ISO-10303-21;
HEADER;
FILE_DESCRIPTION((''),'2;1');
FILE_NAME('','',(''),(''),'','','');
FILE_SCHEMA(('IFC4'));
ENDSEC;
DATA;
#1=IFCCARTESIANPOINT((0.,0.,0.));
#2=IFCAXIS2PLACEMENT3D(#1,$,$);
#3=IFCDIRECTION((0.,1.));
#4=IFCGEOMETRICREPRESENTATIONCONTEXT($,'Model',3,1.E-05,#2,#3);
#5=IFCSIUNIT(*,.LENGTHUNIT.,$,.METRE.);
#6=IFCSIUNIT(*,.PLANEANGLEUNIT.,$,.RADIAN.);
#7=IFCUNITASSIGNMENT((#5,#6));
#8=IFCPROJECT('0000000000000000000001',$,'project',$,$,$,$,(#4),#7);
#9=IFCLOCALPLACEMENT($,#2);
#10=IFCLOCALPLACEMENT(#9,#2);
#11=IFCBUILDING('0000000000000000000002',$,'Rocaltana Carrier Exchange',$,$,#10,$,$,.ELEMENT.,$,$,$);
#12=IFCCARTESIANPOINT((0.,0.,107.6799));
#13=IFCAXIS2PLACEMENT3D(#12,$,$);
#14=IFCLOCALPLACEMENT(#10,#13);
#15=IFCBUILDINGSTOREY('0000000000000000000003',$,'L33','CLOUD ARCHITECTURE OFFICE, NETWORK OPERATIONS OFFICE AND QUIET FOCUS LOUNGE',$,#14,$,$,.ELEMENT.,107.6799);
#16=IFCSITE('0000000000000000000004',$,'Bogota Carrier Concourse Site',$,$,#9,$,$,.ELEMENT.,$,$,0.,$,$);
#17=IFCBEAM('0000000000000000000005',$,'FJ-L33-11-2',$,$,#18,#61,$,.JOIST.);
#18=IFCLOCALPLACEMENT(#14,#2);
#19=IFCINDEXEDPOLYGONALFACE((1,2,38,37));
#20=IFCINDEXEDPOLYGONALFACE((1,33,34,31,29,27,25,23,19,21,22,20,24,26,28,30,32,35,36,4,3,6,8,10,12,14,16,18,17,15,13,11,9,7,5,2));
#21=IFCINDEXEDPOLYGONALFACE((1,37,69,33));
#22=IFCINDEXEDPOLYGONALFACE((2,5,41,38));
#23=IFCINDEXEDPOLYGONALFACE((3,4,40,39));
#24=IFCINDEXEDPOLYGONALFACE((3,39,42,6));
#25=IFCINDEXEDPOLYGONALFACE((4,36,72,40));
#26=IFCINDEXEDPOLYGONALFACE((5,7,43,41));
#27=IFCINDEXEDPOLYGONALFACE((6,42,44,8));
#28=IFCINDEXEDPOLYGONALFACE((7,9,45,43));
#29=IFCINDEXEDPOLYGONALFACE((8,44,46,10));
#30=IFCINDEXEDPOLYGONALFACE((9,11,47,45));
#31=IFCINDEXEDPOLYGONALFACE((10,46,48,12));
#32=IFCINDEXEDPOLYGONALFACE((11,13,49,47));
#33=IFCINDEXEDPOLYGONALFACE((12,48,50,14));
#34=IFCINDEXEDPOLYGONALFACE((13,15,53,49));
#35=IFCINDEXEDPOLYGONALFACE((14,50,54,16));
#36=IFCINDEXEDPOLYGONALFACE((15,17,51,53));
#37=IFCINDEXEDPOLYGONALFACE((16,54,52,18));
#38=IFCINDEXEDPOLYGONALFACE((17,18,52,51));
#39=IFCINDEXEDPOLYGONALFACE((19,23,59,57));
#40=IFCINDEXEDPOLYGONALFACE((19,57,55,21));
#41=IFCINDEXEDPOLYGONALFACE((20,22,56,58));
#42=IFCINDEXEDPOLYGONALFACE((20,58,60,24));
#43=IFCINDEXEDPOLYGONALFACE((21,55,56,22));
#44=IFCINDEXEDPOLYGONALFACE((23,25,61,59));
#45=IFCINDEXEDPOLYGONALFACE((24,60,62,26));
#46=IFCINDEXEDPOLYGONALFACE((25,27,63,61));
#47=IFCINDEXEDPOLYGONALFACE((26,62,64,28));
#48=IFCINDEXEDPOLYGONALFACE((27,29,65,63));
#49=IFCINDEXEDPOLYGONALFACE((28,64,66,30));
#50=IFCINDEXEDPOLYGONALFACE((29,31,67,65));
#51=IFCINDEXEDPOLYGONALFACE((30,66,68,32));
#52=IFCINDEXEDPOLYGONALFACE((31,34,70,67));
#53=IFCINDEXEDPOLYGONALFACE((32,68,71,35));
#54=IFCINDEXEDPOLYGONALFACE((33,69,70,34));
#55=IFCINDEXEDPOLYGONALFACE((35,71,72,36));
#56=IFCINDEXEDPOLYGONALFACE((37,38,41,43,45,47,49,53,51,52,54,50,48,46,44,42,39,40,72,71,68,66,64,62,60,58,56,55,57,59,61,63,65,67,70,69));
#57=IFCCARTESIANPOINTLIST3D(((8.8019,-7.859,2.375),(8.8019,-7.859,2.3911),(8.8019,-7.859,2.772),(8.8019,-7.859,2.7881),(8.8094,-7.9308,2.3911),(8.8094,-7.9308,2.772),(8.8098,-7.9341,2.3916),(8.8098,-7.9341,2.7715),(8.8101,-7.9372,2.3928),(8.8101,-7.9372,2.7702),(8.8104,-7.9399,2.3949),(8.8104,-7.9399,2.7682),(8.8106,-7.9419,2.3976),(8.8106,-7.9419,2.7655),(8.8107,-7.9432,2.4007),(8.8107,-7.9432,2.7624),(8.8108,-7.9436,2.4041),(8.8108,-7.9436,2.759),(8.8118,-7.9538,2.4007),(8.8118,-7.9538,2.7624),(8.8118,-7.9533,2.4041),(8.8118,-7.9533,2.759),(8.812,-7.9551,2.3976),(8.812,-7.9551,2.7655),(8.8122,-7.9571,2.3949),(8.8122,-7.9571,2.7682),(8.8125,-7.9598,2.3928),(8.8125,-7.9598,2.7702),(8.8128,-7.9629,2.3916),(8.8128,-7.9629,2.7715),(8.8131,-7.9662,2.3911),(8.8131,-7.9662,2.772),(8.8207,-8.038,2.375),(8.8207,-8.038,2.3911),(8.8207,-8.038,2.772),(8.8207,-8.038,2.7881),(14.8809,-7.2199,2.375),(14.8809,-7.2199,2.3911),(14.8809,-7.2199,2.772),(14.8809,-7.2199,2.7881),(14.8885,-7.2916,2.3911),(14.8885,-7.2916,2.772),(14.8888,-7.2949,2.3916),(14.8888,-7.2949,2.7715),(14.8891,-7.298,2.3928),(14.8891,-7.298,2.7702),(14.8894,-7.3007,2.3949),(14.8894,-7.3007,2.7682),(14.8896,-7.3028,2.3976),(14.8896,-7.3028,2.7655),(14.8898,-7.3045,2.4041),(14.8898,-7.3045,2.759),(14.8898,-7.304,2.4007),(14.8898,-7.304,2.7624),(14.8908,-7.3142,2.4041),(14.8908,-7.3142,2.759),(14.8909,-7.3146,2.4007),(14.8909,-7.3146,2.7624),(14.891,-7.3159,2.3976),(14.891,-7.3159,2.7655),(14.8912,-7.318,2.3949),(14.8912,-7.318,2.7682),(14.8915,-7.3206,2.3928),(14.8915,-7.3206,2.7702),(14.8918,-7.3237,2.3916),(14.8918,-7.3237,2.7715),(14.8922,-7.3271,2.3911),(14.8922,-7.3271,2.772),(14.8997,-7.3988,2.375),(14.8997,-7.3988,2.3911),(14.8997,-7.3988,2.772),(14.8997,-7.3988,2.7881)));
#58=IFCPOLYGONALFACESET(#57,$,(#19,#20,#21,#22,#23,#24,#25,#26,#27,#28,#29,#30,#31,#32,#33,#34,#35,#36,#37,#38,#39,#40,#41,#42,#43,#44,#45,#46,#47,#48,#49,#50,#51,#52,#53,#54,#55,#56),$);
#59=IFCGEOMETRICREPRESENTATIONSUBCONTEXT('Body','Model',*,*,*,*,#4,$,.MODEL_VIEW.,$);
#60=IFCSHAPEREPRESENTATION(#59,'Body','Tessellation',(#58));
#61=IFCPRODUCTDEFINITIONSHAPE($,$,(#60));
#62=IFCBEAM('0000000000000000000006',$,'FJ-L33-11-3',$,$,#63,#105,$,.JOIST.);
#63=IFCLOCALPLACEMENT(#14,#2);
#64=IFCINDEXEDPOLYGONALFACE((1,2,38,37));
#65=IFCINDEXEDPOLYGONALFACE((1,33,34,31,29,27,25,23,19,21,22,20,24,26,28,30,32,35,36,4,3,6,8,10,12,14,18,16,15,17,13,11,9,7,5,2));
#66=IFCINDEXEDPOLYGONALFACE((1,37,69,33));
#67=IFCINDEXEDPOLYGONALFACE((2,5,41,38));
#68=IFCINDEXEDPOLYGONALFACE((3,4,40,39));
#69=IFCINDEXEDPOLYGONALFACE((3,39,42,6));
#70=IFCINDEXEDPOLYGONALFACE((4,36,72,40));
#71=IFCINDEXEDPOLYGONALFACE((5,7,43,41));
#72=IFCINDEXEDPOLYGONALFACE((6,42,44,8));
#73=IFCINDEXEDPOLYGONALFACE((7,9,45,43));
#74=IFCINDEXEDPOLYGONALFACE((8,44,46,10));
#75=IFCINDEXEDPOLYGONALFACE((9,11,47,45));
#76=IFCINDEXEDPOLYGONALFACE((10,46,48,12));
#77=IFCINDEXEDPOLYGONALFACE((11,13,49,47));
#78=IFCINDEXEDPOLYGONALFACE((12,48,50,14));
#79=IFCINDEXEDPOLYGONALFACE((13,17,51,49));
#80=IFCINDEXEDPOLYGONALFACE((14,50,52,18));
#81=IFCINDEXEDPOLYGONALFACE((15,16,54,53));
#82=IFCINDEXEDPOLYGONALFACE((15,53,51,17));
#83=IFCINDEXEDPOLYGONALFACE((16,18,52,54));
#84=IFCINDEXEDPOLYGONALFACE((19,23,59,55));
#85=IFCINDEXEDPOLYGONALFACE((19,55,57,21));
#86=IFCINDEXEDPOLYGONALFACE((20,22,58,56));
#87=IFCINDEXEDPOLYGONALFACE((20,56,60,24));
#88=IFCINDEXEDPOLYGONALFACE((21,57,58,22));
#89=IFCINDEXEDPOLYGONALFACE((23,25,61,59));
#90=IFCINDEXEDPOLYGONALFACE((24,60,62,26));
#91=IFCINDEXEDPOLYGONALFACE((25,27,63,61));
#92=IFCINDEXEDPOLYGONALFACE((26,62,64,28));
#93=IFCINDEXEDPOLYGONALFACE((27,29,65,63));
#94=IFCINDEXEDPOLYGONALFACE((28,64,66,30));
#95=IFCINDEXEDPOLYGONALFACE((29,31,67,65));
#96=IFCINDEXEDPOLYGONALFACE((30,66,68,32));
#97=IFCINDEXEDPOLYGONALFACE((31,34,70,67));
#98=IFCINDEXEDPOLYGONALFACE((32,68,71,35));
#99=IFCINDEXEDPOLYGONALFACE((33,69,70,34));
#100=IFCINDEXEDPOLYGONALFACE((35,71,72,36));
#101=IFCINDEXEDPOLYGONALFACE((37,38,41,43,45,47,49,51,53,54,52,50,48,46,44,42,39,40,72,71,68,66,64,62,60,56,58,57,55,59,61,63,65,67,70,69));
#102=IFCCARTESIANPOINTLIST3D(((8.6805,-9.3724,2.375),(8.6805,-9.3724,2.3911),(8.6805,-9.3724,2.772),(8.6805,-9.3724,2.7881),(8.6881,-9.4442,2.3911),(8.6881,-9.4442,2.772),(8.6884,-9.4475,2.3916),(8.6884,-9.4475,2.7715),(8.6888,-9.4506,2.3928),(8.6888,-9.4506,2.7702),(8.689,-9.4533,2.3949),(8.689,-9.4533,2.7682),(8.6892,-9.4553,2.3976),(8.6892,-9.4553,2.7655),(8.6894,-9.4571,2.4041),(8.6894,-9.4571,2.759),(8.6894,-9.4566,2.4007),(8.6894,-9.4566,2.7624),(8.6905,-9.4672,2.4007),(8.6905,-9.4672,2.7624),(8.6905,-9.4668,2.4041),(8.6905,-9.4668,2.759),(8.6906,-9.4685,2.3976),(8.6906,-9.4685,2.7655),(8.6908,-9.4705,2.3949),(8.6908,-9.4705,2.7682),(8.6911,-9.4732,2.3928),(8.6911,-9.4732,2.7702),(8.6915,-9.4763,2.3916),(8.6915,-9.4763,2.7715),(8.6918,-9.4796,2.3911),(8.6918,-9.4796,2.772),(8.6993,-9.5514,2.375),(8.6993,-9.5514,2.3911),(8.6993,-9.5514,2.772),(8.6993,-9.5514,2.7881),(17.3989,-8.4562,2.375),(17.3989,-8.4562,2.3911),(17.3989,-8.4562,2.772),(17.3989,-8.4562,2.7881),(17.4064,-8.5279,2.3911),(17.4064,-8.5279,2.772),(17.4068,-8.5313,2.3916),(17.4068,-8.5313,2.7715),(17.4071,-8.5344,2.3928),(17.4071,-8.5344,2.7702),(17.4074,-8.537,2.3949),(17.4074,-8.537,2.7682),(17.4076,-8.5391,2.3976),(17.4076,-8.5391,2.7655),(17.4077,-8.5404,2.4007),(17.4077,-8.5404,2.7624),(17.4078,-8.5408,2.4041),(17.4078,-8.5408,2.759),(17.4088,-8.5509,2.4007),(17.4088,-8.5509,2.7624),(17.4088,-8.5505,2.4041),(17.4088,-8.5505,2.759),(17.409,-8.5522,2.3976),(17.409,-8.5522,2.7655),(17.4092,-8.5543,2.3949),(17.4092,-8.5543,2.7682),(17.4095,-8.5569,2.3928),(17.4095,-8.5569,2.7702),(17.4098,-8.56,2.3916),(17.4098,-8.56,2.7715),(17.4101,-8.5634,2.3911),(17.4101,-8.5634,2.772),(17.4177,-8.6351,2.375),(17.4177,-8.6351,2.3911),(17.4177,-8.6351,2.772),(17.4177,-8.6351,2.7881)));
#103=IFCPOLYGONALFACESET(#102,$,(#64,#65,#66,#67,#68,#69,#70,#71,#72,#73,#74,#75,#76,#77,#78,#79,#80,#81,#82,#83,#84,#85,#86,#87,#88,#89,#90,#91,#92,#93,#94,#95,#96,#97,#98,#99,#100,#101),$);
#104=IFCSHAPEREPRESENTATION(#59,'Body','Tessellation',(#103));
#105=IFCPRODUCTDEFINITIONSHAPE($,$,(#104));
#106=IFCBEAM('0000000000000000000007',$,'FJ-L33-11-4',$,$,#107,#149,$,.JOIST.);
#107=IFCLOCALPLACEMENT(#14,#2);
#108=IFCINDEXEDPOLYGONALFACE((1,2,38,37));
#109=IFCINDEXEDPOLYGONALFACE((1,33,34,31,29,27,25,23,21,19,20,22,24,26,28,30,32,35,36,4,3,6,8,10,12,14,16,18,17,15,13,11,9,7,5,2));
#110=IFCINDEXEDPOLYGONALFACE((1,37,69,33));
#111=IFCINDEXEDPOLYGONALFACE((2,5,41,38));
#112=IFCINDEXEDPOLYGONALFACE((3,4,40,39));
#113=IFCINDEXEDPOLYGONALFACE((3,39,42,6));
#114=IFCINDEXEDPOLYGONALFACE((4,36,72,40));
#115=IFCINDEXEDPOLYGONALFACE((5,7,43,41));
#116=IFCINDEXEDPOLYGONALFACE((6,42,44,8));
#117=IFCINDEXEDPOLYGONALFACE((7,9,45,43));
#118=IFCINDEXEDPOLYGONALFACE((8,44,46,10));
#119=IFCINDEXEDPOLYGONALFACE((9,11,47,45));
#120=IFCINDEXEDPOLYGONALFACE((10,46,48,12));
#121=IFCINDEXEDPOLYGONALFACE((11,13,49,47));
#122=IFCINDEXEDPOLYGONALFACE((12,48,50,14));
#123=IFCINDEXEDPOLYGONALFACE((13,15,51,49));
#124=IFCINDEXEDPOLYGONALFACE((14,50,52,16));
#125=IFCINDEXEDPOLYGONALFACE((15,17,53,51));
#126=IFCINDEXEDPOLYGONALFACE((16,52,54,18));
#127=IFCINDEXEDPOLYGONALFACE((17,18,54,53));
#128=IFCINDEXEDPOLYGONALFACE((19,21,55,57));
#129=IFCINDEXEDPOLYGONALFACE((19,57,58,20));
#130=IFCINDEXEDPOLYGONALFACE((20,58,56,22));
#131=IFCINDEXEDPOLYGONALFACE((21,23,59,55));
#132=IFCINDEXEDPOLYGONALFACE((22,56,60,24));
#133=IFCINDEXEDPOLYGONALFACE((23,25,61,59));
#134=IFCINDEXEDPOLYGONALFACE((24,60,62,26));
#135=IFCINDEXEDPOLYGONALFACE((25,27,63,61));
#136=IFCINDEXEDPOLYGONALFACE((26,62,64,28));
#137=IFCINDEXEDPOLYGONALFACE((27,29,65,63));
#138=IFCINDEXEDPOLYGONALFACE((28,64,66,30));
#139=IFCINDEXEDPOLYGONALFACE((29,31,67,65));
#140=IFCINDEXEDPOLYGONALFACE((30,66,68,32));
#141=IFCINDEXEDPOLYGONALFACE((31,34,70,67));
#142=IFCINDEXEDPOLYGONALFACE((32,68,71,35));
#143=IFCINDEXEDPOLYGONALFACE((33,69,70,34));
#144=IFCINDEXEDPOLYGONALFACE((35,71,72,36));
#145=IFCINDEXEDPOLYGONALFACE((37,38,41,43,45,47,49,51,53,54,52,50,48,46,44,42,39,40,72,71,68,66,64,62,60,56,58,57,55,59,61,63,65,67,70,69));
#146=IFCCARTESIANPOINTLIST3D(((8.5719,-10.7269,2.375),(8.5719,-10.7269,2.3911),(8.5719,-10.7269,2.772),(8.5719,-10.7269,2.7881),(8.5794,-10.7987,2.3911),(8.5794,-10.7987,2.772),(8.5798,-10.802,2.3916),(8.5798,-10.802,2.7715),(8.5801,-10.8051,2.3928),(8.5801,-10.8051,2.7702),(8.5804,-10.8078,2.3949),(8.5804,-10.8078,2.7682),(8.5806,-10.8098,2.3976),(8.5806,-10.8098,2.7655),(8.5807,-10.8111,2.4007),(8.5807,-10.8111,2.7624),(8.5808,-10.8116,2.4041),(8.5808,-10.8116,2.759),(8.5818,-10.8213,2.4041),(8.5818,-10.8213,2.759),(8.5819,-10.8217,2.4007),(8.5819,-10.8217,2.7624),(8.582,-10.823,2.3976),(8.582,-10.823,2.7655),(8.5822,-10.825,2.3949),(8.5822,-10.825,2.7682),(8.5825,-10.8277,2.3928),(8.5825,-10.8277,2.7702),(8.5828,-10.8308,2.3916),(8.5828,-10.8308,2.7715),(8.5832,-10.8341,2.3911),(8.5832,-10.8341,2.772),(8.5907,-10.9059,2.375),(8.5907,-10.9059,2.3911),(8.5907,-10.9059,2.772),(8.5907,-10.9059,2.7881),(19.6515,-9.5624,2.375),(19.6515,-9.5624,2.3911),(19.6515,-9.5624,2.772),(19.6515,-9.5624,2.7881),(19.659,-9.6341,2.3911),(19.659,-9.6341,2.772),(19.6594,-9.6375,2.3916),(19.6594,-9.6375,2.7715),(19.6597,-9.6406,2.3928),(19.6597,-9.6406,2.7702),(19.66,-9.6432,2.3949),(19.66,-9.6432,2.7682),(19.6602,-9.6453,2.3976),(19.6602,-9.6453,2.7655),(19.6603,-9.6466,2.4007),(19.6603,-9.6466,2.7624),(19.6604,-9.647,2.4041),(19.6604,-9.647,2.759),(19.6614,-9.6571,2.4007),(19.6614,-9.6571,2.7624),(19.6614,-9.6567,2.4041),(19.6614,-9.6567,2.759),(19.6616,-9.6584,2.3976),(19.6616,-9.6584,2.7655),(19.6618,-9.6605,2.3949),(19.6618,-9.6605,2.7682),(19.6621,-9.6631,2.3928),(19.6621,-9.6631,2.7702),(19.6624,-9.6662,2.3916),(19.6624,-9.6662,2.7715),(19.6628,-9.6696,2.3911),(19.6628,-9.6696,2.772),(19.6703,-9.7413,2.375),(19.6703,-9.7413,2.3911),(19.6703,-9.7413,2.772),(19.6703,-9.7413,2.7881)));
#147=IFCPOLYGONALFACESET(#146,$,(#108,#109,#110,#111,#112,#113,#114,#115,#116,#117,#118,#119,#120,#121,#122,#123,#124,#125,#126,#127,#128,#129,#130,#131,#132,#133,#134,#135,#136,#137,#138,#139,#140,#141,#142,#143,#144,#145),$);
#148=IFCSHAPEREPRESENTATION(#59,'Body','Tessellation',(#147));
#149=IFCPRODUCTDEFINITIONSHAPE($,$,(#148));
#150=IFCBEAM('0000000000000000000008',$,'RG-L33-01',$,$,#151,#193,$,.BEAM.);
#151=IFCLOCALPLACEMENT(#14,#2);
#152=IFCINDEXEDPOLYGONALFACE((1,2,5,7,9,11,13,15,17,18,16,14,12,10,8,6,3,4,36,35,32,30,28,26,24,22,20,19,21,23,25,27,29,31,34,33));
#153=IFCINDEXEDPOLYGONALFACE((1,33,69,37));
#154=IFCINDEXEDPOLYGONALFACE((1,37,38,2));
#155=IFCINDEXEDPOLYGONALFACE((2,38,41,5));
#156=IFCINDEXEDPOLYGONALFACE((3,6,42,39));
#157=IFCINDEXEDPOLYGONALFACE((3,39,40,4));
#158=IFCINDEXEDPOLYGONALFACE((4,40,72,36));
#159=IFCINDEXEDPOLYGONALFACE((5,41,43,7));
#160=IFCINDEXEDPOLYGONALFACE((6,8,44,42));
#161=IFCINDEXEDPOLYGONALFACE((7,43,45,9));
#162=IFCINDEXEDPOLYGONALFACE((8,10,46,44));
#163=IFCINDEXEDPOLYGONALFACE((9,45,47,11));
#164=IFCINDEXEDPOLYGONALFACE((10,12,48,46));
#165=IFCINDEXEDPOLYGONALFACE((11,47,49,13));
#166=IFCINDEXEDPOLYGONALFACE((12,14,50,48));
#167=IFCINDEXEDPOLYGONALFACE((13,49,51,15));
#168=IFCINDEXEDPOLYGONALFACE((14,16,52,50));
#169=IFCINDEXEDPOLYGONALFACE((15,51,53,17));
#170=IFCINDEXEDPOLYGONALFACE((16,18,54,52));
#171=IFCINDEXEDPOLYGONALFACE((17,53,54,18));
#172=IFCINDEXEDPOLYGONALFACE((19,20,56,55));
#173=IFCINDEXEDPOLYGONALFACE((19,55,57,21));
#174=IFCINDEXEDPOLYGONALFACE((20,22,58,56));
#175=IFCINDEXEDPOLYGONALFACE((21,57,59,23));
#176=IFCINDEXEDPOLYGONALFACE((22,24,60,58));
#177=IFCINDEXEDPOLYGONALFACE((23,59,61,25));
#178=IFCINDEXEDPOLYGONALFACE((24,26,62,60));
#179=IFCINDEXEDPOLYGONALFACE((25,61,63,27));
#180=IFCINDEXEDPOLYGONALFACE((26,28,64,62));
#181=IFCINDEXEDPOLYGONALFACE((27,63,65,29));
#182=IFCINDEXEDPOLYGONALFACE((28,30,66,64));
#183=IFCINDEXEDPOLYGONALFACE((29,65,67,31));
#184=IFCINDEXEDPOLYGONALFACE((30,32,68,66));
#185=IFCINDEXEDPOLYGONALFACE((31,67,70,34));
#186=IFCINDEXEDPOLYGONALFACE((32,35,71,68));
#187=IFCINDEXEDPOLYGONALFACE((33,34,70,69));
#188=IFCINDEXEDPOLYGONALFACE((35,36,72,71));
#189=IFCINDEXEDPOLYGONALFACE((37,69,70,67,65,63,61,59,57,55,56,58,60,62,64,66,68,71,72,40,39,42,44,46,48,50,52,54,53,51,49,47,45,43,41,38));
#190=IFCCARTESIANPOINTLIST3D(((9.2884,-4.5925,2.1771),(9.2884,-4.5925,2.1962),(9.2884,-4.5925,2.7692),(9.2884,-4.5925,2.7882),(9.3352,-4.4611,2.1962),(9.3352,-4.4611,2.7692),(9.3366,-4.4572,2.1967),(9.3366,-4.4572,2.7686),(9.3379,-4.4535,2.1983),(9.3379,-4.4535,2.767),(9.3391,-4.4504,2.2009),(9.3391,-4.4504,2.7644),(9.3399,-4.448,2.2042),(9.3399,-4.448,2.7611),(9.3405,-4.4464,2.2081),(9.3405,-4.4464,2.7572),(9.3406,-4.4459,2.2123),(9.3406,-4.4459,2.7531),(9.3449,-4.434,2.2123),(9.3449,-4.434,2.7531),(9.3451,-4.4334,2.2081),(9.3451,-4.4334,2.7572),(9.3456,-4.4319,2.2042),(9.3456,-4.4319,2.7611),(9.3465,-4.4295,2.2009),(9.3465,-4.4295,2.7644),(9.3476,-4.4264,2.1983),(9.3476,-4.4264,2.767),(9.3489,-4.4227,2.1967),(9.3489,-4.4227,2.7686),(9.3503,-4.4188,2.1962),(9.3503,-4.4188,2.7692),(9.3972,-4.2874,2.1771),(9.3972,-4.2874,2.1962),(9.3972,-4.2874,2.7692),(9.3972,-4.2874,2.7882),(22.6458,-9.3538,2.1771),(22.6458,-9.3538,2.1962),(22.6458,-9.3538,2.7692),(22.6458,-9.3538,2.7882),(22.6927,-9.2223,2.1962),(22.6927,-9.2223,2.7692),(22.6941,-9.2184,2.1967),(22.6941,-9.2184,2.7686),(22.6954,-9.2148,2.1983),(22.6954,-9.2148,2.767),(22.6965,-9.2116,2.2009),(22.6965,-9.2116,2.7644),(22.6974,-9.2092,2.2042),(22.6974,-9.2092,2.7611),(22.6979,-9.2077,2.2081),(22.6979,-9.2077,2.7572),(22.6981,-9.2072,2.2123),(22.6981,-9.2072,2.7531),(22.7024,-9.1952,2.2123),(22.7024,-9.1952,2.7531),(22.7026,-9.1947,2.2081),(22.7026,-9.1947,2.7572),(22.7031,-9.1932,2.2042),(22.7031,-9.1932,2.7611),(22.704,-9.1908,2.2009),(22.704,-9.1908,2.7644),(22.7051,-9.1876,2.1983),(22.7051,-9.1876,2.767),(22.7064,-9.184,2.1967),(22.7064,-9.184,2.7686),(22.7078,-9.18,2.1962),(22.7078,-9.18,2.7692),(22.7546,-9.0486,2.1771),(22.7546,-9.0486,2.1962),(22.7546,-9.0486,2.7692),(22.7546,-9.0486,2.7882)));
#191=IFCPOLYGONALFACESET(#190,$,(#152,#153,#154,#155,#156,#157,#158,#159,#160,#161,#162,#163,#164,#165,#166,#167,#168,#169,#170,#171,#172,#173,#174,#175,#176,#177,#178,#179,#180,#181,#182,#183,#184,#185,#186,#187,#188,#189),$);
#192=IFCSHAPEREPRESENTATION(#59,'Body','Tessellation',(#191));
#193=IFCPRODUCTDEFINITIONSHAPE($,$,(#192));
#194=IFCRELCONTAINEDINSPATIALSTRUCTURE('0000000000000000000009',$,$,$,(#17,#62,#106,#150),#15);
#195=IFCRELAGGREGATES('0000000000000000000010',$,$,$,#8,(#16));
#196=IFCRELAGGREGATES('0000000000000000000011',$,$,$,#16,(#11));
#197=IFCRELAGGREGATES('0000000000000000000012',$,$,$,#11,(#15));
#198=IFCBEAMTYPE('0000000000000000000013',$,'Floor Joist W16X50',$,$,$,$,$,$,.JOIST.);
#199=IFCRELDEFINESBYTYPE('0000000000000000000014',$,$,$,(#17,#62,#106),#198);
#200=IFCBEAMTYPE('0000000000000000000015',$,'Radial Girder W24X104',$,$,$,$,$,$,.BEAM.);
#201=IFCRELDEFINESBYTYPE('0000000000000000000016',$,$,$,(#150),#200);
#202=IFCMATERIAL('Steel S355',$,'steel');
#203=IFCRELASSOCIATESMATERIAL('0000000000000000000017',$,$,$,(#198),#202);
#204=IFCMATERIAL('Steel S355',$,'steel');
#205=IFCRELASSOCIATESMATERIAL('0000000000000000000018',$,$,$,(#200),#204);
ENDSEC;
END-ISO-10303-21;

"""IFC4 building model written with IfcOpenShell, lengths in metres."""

from ifc_helpers import new_model, si_unit, direction, frame, origin, origin_2d, place, context, subcontext, project, spatial, i_section, extrude, material, material_profile, profile_set, type_object, element, save


model = new_model("IFC4")

# Units and contexts
model_context = context("Model", 3, precision=1e-05, world=origin(), true_north=direction((0.0, 1.0)))
body_context = subcontext(model_context, "Body", "Model", "MODEL_VIEW")
ifc_project = project(units=[si_unit("LENGTHUNIT", "METRE"), si_unit("PLANEANGLEUNIT", "RADIAN")], contexts=[model_context])

# Site, building, storey
site_placement = place(None, origin())
site = spatial("IfcSite", under=ifc_project, at=site_placement, Name="Bogota Carrier Concourse Site", CompositionType="ELEMENT", RefElevation=0.0)
building_placement = place(site_placement, origin())
building = spatial("IfcBuilding", under=site, at=building_placement, Name="Rocaltana Carrier Exchange", CompositionType="ELEMENT")
storey_placement = place(building_placement, frame((0.0, 0.0, 107.6799)))
storey = spatial("IfcBuildingStorey", under=building, at=storey_placement, Name="L33", Description="CLOUD ARCHITECTURE OFFICE, NETWORK OPERATIONS OFFICE AND QUIET FOCUS LOUNGE", CompositionType="ELEMENT", Elevation=107.6799)

# Beams
ifc_material_1 = material(Name="Steel S355", Category="steel")
ifc_material_profile_1 = material_profile(ifc_material_1, i_section(OverallWidth=0.1799, OverallDepth=0.4131, WebThickness=0.0098, FlangeThickness=0.0161, FilletRadius=0.0129, at=origin_2d()), Name="W16X50")
ifc_profile_set_1 = profile_set([ifc_material_profile_1], Name="Steel S355")
beam_type_1 = type_object("IfcBeamType", Name="Floor Joist W16X50", PredefinedType="JOIST", material=ifc_profile_set_1)
beam_1_placement = place(storey_placement, frame((8.8113, -7.9485, 2.5815), z_axis=(0.994518, 0.104564, 0.0), x_axis=(-0.104564, 0.994518, 0.0)))
element("IfcBeam", 1, at=beam_1_placement, inside=storey, type_object=beam_type_1, Name="FJ-L33-11-2", PredefinedType="JOIST", context=body_context, shape_type="SweptSolid", body=[
    extrude(i_section(OverallWidth=0.1799, OverallDepth=0.4131, WebThickness=0.0098, FlangeThickness=0.0161, FilletRadius=0.0129, at=origin_2d()), origin(), (0.0, 0.0, 1.0), 6.1125),
])
beam_2_placement = place(storey_placement, frame((8.6899, -9.4619, 2.5815), z_axis=(0.994523, 0.104521, 0.0), x_axis=(-0.104521, 0.994523, 0.0)))
element("IfcBeam", 2, at=beam_2_placement, inside=storey, type_object=beam_type_1, Name="FJ-L33-11-3", PredefinedType="JOIST", context=body_context, shape_type="SweptSolid", body=[
    extrude(i_section(OverallWidth=0.1799, OverallDepth=0.4131, WebThickness=0.0098, FlangeThickness=0.0161, FilletRadius=0.0129, at=origin_2d()), origin(), (0.0, 0.0, 1.0), 8.7664),
])
beam_3_placement = place(storey_placement, frame((8.5813, -10.8164, 2.5815), z_axis=(0.994522, 0.104532, 0.0), x_axis=(-0.104532, 0.994522, 0.0)))
element("IfcBeam", 3, at=beam_3_placement, inside=storey, type_object=beam_type_1, Name="FJ-L33-11-4", PredefinedType="JOIST", context=body_context, shape_type="SweptSolid", body=[
    extrude(i_section(OverallWidth=0.1799, OverallDepth=0.4131, WebThickness=0.0098, FlangeThickness=0.0161, FilletRadius=0.0129, at=origin_2d()), origin(), (0.0, 0.0, 1.0), 11.1406),
])
ifc_material_2 = material(Name="Steel S355", Category="steel")
ifc_material_profile_2 = material_profile(ifc_material_2, i_section(OverallWidth=0.324, OverallDepth=0.6111, WebThickness=0.0127, FlangeThickness=0.019, FilletRadius=0.0161, at=origin_2d()), Name="W24X104")
ifc_profile_set_2 = profile_set([ifc_material_profile_2], Name="Steel S355")
beam_type_2 = type_object("IfcBeamType", Name="Radial Girder W24X104", PredefinedType="BEAM", material=ifc_profile_set_2)
beam_4_placement = place(storey_placement, frame((9.3428, -4.4399, 2.4827), z_axis=(0.941949, -0.335756, 0.0), x_axis=(0.335756, 0.941949, 0.0)))
element("IfcBeam", 4, at=beam_4_placement, inside=storey, type_object=beam_type_2, Name="RG-L33-01", PredefinedType="BEAM", context=body_context, shape_type="SweptSolid", body=[
    extrude(i_section(OverallWidth=0.324, OverallDepth=0.6111, WebThickness=0.0127, FlangeThickness=0.019, FilletRadius=0.0161, at=origin_2d()), origin(), (0.0, 0.0, 1.0), 14.1807),
])

save(model, "model.ifc")
